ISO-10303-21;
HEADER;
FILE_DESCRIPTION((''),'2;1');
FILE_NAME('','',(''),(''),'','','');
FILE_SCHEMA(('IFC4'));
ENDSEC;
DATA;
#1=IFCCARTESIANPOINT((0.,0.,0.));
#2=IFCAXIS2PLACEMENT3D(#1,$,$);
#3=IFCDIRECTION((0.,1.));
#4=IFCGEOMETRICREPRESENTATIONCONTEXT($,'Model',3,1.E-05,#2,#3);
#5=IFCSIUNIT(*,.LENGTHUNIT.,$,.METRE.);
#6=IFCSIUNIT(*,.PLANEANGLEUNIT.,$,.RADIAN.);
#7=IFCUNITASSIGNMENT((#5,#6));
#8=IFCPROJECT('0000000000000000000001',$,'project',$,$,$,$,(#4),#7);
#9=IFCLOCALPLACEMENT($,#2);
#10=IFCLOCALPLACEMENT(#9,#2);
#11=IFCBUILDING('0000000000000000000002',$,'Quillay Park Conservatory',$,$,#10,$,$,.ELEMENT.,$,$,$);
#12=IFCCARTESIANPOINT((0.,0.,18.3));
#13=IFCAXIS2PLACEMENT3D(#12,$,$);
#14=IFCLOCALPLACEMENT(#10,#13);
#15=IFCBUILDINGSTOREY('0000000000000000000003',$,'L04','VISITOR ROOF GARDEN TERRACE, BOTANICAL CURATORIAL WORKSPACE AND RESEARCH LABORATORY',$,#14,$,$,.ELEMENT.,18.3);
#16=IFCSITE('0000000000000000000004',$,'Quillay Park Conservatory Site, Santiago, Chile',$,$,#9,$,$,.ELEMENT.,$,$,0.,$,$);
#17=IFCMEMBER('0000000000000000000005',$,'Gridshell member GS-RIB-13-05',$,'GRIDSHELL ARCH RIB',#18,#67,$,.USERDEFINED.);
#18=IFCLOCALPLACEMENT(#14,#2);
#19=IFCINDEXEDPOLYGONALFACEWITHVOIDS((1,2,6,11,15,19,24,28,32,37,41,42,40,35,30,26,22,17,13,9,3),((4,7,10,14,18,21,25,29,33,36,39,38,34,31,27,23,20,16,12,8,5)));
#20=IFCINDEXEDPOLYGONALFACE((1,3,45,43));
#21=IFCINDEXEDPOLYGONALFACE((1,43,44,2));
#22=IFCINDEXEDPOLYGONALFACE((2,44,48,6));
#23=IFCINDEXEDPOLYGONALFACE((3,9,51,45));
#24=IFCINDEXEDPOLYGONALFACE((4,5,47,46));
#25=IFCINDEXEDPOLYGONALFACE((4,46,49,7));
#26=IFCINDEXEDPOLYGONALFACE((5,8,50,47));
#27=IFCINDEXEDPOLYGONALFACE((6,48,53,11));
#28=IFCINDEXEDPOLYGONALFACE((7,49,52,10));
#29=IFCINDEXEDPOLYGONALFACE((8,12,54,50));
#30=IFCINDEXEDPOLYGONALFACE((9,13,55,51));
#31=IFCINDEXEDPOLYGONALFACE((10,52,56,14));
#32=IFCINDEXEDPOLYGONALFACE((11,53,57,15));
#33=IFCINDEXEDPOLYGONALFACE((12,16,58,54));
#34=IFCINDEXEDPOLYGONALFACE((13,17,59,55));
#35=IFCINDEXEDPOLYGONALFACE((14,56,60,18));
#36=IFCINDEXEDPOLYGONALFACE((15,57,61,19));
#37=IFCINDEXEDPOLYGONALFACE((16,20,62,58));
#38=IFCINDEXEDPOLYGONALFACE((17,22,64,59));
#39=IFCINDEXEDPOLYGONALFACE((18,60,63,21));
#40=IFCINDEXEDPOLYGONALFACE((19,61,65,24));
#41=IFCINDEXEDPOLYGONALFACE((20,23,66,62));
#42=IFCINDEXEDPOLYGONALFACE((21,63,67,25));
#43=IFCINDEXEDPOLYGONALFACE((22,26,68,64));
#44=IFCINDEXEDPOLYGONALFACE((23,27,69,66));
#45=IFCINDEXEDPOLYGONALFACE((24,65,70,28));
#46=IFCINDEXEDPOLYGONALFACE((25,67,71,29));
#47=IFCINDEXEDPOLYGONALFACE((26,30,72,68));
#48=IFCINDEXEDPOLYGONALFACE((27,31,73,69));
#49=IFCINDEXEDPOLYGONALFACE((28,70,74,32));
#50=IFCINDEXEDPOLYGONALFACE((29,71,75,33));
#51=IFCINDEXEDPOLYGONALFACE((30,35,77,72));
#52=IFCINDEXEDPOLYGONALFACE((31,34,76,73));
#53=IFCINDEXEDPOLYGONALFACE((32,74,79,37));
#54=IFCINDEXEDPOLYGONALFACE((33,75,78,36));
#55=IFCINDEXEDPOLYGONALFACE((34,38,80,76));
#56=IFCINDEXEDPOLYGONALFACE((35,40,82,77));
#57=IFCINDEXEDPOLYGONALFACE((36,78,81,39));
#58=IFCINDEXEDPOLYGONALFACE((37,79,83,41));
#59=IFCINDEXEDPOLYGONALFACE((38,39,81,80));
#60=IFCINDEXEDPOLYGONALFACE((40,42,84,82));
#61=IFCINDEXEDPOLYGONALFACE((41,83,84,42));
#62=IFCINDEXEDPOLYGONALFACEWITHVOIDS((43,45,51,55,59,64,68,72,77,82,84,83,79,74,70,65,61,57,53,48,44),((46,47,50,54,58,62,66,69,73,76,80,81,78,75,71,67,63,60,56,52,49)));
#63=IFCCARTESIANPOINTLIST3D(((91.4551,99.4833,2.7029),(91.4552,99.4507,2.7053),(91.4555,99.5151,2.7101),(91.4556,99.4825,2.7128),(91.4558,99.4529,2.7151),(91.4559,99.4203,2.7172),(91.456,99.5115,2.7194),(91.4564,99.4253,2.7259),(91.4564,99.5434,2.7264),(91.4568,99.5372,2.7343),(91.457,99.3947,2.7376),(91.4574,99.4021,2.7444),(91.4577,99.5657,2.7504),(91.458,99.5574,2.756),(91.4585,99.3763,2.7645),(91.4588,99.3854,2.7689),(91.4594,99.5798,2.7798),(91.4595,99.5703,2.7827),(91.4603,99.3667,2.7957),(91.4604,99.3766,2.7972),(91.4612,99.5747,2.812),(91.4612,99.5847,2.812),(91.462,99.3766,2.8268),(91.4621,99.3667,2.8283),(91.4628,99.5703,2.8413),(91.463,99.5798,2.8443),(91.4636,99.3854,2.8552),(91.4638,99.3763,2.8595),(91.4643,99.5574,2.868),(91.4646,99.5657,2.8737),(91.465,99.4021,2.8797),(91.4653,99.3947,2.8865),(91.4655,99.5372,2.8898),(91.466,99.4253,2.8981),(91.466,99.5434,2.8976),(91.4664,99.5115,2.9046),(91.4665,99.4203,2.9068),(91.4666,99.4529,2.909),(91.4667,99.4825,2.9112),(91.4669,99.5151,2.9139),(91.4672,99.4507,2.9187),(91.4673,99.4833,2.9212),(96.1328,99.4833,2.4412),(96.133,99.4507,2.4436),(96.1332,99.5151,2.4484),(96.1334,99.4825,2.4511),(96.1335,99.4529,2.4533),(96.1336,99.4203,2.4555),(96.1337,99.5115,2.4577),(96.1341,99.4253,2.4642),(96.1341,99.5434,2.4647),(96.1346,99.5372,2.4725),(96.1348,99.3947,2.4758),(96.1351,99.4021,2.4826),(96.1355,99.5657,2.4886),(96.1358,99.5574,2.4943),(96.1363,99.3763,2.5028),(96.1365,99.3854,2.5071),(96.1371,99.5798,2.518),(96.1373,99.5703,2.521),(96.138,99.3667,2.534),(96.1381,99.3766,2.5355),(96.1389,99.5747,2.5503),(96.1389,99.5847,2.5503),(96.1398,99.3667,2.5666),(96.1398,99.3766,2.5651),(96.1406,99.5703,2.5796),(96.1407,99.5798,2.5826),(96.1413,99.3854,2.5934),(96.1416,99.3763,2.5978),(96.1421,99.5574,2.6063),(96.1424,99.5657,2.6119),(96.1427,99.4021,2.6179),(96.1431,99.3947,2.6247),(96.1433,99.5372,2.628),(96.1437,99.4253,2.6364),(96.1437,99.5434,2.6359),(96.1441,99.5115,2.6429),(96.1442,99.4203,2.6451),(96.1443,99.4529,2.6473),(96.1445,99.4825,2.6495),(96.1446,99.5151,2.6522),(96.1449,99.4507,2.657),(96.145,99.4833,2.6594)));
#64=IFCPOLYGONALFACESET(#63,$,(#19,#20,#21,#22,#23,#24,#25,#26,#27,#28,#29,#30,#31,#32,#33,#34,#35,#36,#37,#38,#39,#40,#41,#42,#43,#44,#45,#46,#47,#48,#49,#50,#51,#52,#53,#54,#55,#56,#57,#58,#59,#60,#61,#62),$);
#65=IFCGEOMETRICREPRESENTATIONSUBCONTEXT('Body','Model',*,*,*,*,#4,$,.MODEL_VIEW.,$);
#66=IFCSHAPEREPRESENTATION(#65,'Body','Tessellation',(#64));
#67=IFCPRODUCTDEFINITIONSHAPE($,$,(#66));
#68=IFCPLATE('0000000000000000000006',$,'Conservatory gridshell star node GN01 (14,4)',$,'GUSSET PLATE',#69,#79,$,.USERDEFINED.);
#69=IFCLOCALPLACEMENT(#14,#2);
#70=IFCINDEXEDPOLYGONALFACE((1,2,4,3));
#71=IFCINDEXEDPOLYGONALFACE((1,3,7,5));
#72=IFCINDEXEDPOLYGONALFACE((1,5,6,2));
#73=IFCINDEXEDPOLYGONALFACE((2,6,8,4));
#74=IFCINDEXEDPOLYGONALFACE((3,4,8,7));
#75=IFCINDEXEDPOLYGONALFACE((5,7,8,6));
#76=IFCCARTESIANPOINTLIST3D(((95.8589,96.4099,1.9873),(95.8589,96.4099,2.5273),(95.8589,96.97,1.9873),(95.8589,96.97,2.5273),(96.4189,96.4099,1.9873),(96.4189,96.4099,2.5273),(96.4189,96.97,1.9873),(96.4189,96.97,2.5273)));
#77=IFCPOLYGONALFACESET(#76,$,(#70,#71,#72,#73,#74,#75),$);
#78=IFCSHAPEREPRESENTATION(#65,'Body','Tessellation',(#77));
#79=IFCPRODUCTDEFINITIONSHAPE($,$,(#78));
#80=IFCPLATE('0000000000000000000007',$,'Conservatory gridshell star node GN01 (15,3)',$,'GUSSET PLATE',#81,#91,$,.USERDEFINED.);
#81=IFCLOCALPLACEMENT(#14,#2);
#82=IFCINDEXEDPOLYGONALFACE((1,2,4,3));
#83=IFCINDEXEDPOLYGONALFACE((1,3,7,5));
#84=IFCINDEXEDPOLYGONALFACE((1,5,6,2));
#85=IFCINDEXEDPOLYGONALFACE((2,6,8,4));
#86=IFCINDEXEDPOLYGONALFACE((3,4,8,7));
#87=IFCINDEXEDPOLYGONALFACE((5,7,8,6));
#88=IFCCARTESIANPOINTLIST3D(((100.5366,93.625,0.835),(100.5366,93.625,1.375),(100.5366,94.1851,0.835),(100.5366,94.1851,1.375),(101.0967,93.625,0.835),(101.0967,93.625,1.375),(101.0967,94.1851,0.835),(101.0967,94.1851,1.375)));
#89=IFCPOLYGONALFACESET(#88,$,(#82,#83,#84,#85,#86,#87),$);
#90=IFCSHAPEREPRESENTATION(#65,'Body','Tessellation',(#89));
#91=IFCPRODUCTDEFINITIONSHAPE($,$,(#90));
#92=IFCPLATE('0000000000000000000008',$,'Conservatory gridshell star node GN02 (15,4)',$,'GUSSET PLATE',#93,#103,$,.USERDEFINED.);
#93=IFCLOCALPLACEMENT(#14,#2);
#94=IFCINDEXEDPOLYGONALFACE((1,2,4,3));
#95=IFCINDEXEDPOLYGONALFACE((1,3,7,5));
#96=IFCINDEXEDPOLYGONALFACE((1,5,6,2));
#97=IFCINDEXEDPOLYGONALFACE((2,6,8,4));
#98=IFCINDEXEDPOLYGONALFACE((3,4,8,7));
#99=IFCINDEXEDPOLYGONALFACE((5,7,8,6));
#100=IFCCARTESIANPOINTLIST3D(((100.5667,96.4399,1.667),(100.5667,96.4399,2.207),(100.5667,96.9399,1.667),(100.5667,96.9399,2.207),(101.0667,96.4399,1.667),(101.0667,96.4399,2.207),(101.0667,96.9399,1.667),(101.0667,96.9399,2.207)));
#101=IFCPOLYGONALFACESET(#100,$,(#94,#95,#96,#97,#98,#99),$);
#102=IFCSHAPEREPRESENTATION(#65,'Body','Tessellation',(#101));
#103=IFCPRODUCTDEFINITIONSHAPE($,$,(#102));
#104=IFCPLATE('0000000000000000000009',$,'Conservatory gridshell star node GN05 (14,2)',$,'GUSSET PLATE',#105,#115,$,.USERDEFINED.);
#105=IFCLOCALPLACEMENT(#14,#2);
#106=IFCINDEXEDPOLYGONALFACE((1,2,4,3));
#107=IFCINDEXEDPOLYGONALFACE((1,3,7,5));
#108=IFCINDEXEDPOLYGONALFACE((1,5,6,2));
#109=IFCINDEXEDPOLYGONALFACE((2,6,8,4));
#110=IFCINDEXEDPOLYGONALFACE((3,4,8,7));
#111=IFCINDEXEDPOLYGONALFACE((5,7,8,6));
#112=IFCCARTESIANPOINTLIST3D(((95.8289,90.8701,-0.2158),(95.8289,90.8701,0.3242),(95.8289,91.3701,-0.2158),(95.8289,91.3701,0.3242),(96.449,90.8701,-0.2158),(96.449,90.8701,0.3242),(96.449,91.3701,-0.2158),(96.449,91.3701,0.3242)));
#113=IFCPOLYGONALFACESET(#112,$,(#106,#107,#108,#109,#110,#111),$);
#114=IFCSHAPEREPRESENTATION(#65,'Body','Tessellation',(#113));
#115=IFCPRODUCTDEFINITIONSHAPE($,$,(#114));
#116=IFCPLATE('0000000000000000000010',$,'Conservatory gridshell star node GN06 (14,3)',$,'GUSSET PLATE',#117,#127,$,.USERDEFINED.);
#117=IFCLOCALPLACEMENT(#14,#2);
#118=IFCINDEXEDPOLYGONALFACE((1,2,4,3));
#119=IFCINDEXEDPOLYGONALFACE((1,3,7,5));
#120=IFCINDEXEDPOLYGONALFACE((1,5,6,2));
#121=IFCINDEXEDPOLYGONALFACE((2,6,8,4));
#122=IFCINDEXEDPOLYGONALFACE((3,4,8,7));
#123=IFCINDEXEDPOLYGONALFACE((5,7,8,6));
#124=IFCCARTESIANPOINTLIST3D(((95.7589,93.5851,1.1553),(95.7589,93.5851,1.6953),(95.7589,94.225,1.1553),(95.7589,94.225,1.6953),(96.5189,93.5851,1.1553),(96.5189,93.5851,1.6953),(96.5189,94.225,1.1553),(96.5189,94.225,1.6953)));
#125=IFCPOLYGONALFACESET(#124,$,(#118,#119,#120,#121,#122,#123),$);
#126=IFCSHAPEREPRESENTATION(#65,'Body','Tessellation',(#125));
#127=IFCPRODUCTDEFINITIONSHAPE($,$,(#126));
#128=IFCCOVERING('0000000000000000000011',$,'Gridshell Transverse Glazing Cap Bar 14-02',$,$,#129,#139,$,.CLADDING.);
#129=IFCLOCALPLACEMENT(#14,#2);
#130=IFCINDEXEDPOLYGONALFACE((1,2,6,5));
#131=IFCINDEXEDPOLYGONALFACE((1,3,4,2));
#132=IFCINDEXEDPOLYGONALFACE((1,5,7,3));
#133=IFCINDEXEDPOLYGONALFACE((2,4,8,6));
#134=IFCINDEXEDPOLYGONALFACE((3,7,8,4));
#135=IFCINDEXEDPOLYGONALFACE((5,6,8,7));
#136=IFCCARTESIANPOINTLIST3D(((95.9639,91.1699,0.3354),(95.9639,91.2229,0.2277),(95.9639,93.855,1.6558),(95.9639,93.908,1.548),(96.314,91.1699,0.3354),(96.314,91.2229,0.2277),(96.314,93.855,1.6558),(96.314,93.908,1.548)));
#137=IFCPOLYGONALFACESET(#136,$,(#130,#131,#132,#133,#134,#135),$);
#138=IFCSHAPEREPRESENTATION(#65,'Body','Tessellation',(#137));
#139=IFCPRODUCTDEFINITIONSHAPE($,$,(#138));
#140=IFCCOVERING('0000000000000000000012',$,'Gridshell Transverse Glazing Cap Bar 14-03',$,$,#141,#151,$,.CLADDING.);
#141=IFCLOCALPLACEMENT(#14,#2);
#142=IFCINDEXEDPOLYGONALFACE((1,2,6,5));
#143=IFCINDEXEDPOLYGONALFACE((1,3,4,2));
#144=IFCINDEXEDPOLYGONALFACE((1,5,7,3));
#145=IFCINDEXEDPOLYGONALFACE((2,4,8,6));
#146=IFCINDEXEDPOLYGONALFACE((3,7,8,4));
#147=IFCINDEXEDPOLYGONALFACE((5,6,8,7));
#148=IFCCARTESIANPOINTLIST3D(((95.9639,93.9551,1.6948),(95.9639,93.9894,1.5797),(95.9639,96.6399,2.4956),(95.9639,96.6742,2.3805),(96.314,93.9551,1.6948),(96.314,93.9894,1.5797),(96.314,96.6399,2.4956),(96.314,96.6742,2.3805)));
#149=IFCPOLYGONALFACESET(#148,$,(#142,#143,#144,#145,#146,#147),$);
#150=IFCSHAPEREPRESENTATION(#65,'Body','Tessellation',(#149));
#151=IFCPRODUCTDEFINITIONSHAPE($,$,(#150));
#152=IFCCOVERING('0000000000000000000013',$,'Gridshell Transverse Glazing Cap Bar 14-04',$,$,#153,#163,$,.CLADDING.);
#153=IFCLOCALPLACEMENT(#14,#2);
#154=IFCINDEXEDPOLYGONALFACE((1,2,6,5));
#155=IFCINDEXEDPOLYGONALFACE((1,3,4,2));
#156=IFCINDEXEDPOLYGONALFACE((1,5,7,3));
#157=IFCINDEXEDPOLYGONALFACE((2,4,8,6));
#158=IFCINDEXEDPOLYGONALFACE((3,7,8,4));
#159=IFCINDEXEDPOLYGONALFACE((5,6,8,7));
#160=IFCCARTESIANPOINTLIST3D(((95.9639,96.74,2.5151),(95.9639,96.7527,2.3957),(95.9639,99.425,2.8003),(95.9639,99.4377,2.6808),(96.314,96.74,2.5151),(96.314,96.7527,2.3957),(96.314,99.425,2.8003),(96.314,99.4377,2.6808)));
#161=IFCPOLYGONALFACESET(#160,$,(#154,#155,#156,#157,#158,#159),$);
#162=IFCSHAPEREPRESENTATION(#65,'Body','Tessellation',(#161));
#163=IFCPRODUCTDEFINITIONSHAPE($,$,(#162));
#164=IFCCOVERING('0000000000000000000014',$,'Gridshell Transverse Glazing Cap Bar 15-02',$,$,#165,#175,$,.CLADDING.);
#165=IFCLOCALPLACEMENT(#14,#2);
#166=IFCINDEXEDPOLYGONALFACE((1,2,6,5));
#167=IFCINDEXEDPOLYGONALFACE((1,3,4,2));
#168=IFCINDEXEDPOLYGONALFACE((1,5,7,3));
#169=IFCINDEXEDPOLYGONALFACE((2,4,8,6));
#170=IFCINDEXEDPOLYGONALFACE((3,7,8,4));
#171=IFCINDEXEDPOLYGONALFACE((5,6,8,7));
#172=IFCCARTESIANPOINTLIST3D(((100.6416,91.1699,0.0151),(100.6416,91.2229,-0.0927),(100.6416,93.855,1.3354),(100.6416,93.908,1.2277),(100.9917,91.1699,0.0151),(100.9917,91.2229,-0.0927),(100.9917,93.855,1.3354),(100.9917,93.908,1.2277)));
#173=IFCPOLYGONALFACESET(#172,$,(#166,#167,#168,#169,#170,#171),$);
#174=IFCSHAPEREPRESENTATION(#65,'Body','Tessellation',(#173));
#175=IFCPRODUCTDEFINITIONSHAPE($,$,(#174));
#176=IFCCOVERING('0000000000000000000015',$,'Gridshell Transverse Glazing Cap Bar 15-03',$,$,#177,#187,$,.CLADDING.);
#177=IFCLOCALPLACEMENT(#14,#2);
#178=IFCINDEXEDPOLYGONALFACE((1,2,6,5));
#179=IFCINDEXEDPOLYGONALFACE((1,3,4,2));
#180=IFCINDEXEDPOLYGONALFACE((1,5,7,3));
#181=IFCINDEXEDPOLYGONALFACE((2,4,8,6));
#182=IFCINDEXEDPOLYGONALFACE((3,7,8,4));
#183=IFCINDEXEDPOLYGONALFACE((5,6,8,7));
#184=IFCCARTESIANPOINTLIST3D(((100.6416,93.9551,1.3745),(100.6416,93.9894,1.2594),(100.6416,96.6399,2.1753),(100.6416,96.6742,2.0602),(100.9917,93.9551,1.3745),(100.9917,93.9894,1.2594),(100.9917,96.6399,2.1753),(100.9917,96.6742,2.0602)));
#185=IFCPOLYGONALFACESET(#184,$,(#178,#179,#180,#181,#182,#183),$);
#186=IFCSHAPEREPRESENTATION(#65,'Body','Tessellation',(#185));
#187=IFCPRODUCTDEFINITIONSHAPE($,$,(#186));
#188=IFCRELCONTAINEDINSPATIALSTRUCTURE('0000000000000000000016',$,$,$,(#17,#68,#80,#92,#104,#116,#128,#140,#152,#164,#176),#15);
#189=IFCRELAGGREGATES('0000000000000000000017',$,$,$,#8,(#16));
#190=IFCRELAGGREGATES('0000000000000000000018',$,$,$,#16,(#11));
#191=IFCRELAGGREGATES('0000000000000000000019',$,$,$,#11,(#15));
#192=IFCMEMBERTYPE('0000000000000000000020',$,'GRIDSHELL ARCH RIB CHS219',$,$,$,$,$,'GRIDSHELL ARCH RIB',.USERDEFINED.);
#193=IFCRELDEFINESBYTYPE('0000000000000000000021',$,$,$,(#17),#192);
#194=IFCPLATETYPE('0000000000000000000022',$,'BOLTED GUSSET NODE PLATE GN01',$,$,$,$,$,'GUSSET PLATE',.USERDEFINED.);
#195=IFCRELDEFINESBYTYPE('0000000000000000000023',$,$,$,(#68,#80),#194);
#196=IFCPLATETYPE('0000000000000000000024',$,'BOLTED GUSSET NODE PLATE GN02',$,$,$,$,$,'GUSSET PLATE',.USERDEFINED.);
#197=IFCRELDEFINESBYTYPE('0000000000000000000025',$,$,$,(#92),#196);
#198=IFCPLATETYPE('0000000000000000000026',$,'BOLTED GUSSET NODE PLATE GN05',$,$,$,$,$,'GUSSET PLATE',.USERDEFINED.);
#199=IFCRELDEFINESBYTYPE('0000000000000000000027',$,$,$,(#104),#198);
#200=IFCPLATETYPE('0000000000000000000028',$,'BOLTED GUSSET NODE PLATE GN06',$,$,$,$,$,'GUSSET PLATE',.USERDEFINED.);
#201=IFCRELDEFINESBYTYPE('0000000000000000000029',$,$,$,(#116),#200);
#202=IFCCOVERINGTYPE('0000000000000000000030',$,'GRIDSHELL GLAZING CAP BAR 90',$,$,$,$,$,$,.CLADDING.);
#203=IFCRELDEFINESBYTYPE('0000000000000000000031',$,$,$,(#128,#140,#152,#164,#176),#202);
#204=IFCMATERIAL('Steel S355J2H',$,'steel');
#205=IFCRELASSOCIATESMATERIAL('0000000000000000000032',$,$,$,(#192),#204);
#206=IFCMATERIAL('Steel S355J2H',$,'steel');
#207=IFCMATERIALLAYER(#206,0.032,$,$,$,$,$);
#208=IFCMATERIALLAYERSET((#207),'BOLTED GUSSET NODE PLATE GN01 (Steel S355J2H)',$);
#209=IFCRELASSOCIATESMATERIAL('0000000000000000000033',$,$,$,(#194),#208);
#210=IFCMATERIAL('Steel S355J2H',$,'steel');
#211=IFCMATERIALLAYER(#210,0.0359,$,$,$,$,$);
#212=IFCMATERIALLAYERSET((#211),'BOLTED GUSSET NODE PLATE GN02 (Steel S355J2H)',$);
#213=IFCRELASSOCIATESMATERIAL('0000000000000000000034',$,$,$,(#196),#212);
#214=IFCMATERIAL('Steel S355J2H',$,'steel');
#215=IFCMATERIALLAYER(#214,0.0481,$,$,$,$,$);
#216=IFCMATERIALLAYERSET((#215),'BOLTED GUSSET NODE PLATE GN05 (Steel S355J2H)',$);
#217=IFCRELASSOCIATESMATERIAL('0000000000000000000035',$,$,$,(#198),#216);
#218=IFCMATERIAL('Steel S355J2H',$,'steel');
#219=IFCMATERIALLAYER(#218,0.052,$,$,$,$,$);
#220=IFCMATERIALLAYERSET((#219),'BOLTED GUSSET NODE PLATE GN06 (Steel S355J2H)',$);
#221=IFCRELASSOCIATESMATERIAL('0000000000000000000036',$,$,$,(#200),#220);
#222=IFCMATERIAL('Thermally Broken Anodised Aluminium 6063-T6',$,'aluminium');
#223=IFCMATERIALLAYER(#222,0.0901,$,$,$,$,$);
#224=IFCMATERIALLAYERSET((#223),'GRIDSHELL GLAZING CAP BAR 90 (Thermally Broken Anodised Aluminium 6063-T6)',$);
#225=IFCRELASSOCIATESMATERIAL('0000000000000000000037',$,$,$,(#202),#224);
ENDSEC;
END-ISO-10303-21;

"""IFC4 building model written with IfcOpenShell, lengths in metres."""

from ifc_helpers import new_model, si_unit, direction, frame, origin, origin_2d, place, context, subcontext, project, spatial, polyline, rectangle, hollow_circle, outline, extrude, material, layer, layer_set, material_profile, profile_set, type_object, element, save


model = new_model("IFC4")

# Units and contexts
model_context = context("Model", 3, precision=1e-05, world=origin(), true_north=direction((0.0, 1.0)))
body_context = subcontext(model_context, "Body", "Model", "MODEL_VIEW")
ifc_project = project(units=[si_unit("LENGTHUNIT", "METRE"), si_unit("PLANEANGLEUNIT", "RADIAN")], contexts=[model_context])

# Site, building, storey
site_placement = place(None, origin())
site = spatial("IfcSite", under=ifc_project, at=site_placement, Name="Quillay Park Conservatory Site, Santiago, Chile", CompositionType="ELEMENT", RefElevation=0.0)
building_placement = place(site_placement, origin())
building = spatial("IfcBuilding", under=site, at=building_placement, Name="Quillay Park Conservatory", CompositionType="ELEMENT")
storey_placement = place(building_placement, frame((0.0, 0.0, 18.3)))
storey = spatial("IfcBuildingStorey", under=building, at=storey_placement, Name="L04", Description="VISITOR ROOF GARDEN TERRACE, BOTANICAL CURATORIAL WORKSPACE AND RESEARCH LABORATORY", CompositionType="ELEMENT", Elevation=18.3)

# Member
ifc_material_1 = material(Name="Steel S355J2H", Category="steel")
ifc_material_profile_1 = material_profile(ifc_material_1, hollow_circle(Radius=0.1096, WallThickness=0.01, at=origin_2d()), Name="CHS219.1x10")
ifc_profile_set_1 = profile_set([ifc_material_profile_1], Name="Steel S355J2H")
member_type = type_object("IfcMemberType", Name="GRIDSHELL ARCH RIB CHS219", ElementType="GRIDSHELL ARCH RIB", PredefinedType="USERDEFINED", material=ifc_profile_set_1)
member_1_placement = place(storey_placement, frame((91.4612, 99.4751, 2.812), z_axis=(0.998438, 0.0, -0.055863), x_axis=(0.0, 1.0, 0.0)))
element("IfcMember", 1, at=member_1_placement, inside=storey, type_object=member_type, Name="Gridshell member GS-RIB-13-05", ObjectType="GRIDSHELL ARCH RIB", PredefinedType="USERDEFINED", context=body_context, shape_type="SweptSolid", body=[
    extrude(hollow_circle(Radius=0.1096, WallThickness=0.01, at=origin_2d()), origin(), (0.0, 0.0, 1.0), 4.6851),
])

# Plates
ifc_material_2 = material(Name="Steel S355J2H", Category="steel")
ifc_layer_1 = layer(ifc_material_2, 0.032)
ifc_layer_set_1 = layer_set([ifc_layer_1], Name="BOLTED GUSSET NODE PLATE GN01 (Steel S355J2H)")
plate_type_1 = type_object("IfcPlateType", Name="BOLTED GUSSET NODE PLATE GN01", ElementType="GUSSET PLATE", PredefinedType="USERDEFINED", material=ifc_layer_set_1)
for number, where, z_axis, x_axis, name in (
    (2, (96.1389, 96.6899, 1.9873), (0.0, 0.0, 1.0), (1.0, 0.0, 0.0), "Conservatory gridshell star node GN01 (14,4)"),
    (3, (100.8167, 93.905, 0.835), (0.0, 0.0, 1.0), (1.0, 0.0, 0.0), "Conservatory gridshell star node GN01 (15,3)"),
):
    element("IfcPlate", number, at=place(storey_placement, frame(where, z_axis=z_axis, x_axis=x_axis)), inside=storey, type_object=plate_type_1, Name=name, ObjectType="GUSSET PLATE", PredefinedType="USERDEFINED", context=body_context, shape_type="SweptSolid", body=[
        extrude(rectangle(XDim=0.5601, YDim=0.5601, at=origin_2d()), origin(), (0.0, 0.0, 1.0), 0.54),
    ])
ifc_material_3 = material(Name="Steel S355J2H", Category="steel")
ifc_layer_2 = layer(ifc_material_3, 0.0359)
ifc_layer_set_2 = layer_set([ifc_layer_2], Name="BOLTED GUSSET NODE PLATE GN02 (Steel S355J2H)")
plate_type_2 = type_object("IfcPlateType", Name="BOLTED GUSSET NODE PLATE GN02", ElementType="GUSSET PLATE", PredefinedType="USERDEFINED", material=ifc_layer_set_2)
plate_1_placement = place(storey_placement, frame((100.8167, 96.6899, 1.667), z_axis=(0.0, 0.0, 1.0), x_axis=(1.0, 0.0, 0.0)))
element("IfcPlate", 4, at=plate_1_placement, inside=storey, type_object=plate_type_2, Name="Conservatory gridshell star node GN02 (15,4)", ObjectType="GUSSET PLATE", PredefinedType="USERDEFINED", context=body_context, shape_type="SweptSolid", body=[
    extrude(rectangle(XDim=0.5, YDim=0.5, at=origin_2d()), origin(), (0.0, 0.0, 1.0), 0.54),
])
ifc_material_4 = material(Name="Steel S355J2H", Category="steel")
ifc_layer_3 = layer(ifc_material_4, 0.0481)
ifc_layer_set_3 = layer_set([ifc_layer_3], Name="BOLTED GUSSET NODE PLATE GN05 (Steel S355J2H)")
plate_type_3 = type_object("IfcPlateType", Name="BOLTED GUSSET NODE PLATE GN05", ElementType="GUSSET PLATE", PredefinedType="USERDEFINED", material=ifc_layer_set_3)
plate_2_placement = place(storey_placement, frame((96.1389, 91.1201, -0.2158), z_axis=(0.0, 0.0, 1.0), x_axis=(1.0, 0.0, 0.0)))
element("IfcPlate", 5, at=plate_2_placement, inside=storey, type_object=plate_type_3, Name="Conservatory gridshell star node GN05 (14,2)", ObjectType="GUSSET PLATE", PredefinedType="USERDEFINED", context=body_context, shape_type="SweptSolid", body=[
    extrude(rectangle(XDim=0.6201, YDim=0.5, at=origin_2d()), origin(), (0.0, 0.0, 1.0), 0.54),
])
ifc_material_5 = material(Name="Steel S355J2H", Category="steel")
ifc_layer_4 = layer(ifc_material_5, 0.052)
ifc_layer_set_4 = layer_set([ifc_layer_4], Name="BOLTED GUSSET NODE PLATE GN06 (Steel S355J2H)")
plate_type_4 = type_object("IfcPlateType", Name="BOLTED GUSSET NODE PLATE GN06", ElementType="GUSSET PLATE", PredefinedType="USERDEFINED", material=ifc_layer_set_4)
plate_3_placement = place(storey_placement, frame((96.1389, 93.905, 1.1553), z_axis=(0.0, 0.0, 1.0), x_axis=(1.0, 0.0, 0.0)))
element("IfcPlate", 6, at=plate_3_placement, inside=storey, type_object=plate_type_4, Name="Conservatory gridshell star node GN06 (14,3)", ObjectType="GUSSET PLATE", PredefinedType="USERDEFINED", context=body_context, shape_type="SweptSolid", body=[
    extrude(rectangle(XDim=0.76, YDim=0.6399, at=origin_2d()), origin(), (0.0, 0.0, 1.0), 0.54),
])

# Coverings
ifc_material_6 = material(Name="Thermally Broken Anodised Aluminium 6063-T6", Category="aluminium")
ifc_layer_5 = layer(ifc_material_6, 0.0901)
ifc_layer_set_5 = layer_set([ifc_layer_5], Name="GRIDSHELL GLAZING CAP BAR 90 (Thermally Broken Anodised Aluminium 6063-T6)")
covering_type = type_object("IfcCoveringType", Name="GRIDSHELL GLAZING CAP BAR 90", PredefinedType="CLADDING", material=ifc_layer_set_5)
covering_1_placement = place(storey_placement, frame((95.9639, 91.1699, 0.3354), z_axis=(0.0, -0.441264, 0.897378), x_axis=(1.0, 0.0, 0.0)))
element("IfcCovering", 7, at=covering_1_placement, inside=storey, type_object=covering_type, Name="Gridshell Transverse Glazing Cap Bar 14-02", PredefinedType="CLADDING", context=body_context, shape_type="SweptSolid", body=[
    extrude(outline(polyline([(0.0, 0.0), (0.3501, 0.0), (0.3501, 2.9921), (0.0, 2.9921), (0.0, 0.0)])), origin(), (0.0, 0.0, -1.0), 0.1201),
])
covering_2_placement = place(storey_placement, frame((95.9639, 93.9551, 1.6948), z_axis=(0.0, -0.285821, 0.958283), x_axis=(1.0, 0.0, 0.0)))
element("IfcCovering", 8, at=covering_2_placement, inside=storey, type_object=covering_type, Name="Gridshell Transverse Glazing Cap Bar 14-03", PredefinedType="CLADDING", context=body_context, shape_type="SweptSolid", body=[
    extrude(outline(polyline([(0.0, 0.0), (0.3501, 0.0), (0.3501, 2.8017), (0.0, 2.8017), (0.0, 0.0)])), origin(), (0.0, 0.0, -1.0), 0.1201),
])
covering_3_placement = place(storey_placement, frame((95.9639, 96.74, 2.5151), z_axis=(0.0, -0.105607, 0.994408), x_axis=(1.0, 0.0, 0.0)))
element("IfcCovering", 9, at=covering_3_placement, inside=storey, type_object=covering_type, Name="Gridshell Transverse Glazing Cap Bar 14-04", PredefinedType="CLADDING", context=body_context, shape_type="SweptSolid", body=[
    extrude(outline(polyline([(0.0, 0.0), (0.3501, 0.0), (0.3501, 2.7002), (0.0, 2.7002), (0.0, 0.0)])), origin(), (0.0, 0.0, -1.0), 0.1201),
])
covering_4_placement = place(storey_placement, frame((100.6416, 91.1699, 0.0151), z_axis=(0.0, -0.441264, 0.897378), x_axis=(1.0, 0.0, 0.0)))
element("IfcCovering", 10, at=covering_4_placement, inside=storey, type_object=covering_type, Name="Gridshell Transverse Glazing Cap Bar 15-02", PredefinedType="CLADDING", context=body_context, shape_type="SweptSolid", body=[
    extrude(outline(polyline([(0.0, 0.0), (0.3501, 0.0), (0.3501, 2.9921), (0.0, 2.9921), (0.0, 0.0)])), origin(), (0.0, 0.0, -1.0), 0.1201),
])
covering_5_placement = place(storey_placement, frame((100.6416, 93.9551, 1.3745), z_axis=(0.0, -0.285821, 0.958283), x_axis=(1.0, 0.0, 0.0)))
element("IfcCovering", 11, at=covering_5_placement, inside=storey, type_object=covering_type, Name="Gridshell Transverse Glazing Cap Bar 15-03", PredefinedType="CLADDING", context=body_context, shape_type="SweptSolid", body=[
    extrude(outline(polyline([(0.0, 0.0), (0.3501, 0.0), (0.3501, 2.8017), (0.0, 2.8017), (0.0, 0.0)])), origin(), (0.0, 0.0, -1.0), 0.1201),
])

save(model, "model.ifc")
